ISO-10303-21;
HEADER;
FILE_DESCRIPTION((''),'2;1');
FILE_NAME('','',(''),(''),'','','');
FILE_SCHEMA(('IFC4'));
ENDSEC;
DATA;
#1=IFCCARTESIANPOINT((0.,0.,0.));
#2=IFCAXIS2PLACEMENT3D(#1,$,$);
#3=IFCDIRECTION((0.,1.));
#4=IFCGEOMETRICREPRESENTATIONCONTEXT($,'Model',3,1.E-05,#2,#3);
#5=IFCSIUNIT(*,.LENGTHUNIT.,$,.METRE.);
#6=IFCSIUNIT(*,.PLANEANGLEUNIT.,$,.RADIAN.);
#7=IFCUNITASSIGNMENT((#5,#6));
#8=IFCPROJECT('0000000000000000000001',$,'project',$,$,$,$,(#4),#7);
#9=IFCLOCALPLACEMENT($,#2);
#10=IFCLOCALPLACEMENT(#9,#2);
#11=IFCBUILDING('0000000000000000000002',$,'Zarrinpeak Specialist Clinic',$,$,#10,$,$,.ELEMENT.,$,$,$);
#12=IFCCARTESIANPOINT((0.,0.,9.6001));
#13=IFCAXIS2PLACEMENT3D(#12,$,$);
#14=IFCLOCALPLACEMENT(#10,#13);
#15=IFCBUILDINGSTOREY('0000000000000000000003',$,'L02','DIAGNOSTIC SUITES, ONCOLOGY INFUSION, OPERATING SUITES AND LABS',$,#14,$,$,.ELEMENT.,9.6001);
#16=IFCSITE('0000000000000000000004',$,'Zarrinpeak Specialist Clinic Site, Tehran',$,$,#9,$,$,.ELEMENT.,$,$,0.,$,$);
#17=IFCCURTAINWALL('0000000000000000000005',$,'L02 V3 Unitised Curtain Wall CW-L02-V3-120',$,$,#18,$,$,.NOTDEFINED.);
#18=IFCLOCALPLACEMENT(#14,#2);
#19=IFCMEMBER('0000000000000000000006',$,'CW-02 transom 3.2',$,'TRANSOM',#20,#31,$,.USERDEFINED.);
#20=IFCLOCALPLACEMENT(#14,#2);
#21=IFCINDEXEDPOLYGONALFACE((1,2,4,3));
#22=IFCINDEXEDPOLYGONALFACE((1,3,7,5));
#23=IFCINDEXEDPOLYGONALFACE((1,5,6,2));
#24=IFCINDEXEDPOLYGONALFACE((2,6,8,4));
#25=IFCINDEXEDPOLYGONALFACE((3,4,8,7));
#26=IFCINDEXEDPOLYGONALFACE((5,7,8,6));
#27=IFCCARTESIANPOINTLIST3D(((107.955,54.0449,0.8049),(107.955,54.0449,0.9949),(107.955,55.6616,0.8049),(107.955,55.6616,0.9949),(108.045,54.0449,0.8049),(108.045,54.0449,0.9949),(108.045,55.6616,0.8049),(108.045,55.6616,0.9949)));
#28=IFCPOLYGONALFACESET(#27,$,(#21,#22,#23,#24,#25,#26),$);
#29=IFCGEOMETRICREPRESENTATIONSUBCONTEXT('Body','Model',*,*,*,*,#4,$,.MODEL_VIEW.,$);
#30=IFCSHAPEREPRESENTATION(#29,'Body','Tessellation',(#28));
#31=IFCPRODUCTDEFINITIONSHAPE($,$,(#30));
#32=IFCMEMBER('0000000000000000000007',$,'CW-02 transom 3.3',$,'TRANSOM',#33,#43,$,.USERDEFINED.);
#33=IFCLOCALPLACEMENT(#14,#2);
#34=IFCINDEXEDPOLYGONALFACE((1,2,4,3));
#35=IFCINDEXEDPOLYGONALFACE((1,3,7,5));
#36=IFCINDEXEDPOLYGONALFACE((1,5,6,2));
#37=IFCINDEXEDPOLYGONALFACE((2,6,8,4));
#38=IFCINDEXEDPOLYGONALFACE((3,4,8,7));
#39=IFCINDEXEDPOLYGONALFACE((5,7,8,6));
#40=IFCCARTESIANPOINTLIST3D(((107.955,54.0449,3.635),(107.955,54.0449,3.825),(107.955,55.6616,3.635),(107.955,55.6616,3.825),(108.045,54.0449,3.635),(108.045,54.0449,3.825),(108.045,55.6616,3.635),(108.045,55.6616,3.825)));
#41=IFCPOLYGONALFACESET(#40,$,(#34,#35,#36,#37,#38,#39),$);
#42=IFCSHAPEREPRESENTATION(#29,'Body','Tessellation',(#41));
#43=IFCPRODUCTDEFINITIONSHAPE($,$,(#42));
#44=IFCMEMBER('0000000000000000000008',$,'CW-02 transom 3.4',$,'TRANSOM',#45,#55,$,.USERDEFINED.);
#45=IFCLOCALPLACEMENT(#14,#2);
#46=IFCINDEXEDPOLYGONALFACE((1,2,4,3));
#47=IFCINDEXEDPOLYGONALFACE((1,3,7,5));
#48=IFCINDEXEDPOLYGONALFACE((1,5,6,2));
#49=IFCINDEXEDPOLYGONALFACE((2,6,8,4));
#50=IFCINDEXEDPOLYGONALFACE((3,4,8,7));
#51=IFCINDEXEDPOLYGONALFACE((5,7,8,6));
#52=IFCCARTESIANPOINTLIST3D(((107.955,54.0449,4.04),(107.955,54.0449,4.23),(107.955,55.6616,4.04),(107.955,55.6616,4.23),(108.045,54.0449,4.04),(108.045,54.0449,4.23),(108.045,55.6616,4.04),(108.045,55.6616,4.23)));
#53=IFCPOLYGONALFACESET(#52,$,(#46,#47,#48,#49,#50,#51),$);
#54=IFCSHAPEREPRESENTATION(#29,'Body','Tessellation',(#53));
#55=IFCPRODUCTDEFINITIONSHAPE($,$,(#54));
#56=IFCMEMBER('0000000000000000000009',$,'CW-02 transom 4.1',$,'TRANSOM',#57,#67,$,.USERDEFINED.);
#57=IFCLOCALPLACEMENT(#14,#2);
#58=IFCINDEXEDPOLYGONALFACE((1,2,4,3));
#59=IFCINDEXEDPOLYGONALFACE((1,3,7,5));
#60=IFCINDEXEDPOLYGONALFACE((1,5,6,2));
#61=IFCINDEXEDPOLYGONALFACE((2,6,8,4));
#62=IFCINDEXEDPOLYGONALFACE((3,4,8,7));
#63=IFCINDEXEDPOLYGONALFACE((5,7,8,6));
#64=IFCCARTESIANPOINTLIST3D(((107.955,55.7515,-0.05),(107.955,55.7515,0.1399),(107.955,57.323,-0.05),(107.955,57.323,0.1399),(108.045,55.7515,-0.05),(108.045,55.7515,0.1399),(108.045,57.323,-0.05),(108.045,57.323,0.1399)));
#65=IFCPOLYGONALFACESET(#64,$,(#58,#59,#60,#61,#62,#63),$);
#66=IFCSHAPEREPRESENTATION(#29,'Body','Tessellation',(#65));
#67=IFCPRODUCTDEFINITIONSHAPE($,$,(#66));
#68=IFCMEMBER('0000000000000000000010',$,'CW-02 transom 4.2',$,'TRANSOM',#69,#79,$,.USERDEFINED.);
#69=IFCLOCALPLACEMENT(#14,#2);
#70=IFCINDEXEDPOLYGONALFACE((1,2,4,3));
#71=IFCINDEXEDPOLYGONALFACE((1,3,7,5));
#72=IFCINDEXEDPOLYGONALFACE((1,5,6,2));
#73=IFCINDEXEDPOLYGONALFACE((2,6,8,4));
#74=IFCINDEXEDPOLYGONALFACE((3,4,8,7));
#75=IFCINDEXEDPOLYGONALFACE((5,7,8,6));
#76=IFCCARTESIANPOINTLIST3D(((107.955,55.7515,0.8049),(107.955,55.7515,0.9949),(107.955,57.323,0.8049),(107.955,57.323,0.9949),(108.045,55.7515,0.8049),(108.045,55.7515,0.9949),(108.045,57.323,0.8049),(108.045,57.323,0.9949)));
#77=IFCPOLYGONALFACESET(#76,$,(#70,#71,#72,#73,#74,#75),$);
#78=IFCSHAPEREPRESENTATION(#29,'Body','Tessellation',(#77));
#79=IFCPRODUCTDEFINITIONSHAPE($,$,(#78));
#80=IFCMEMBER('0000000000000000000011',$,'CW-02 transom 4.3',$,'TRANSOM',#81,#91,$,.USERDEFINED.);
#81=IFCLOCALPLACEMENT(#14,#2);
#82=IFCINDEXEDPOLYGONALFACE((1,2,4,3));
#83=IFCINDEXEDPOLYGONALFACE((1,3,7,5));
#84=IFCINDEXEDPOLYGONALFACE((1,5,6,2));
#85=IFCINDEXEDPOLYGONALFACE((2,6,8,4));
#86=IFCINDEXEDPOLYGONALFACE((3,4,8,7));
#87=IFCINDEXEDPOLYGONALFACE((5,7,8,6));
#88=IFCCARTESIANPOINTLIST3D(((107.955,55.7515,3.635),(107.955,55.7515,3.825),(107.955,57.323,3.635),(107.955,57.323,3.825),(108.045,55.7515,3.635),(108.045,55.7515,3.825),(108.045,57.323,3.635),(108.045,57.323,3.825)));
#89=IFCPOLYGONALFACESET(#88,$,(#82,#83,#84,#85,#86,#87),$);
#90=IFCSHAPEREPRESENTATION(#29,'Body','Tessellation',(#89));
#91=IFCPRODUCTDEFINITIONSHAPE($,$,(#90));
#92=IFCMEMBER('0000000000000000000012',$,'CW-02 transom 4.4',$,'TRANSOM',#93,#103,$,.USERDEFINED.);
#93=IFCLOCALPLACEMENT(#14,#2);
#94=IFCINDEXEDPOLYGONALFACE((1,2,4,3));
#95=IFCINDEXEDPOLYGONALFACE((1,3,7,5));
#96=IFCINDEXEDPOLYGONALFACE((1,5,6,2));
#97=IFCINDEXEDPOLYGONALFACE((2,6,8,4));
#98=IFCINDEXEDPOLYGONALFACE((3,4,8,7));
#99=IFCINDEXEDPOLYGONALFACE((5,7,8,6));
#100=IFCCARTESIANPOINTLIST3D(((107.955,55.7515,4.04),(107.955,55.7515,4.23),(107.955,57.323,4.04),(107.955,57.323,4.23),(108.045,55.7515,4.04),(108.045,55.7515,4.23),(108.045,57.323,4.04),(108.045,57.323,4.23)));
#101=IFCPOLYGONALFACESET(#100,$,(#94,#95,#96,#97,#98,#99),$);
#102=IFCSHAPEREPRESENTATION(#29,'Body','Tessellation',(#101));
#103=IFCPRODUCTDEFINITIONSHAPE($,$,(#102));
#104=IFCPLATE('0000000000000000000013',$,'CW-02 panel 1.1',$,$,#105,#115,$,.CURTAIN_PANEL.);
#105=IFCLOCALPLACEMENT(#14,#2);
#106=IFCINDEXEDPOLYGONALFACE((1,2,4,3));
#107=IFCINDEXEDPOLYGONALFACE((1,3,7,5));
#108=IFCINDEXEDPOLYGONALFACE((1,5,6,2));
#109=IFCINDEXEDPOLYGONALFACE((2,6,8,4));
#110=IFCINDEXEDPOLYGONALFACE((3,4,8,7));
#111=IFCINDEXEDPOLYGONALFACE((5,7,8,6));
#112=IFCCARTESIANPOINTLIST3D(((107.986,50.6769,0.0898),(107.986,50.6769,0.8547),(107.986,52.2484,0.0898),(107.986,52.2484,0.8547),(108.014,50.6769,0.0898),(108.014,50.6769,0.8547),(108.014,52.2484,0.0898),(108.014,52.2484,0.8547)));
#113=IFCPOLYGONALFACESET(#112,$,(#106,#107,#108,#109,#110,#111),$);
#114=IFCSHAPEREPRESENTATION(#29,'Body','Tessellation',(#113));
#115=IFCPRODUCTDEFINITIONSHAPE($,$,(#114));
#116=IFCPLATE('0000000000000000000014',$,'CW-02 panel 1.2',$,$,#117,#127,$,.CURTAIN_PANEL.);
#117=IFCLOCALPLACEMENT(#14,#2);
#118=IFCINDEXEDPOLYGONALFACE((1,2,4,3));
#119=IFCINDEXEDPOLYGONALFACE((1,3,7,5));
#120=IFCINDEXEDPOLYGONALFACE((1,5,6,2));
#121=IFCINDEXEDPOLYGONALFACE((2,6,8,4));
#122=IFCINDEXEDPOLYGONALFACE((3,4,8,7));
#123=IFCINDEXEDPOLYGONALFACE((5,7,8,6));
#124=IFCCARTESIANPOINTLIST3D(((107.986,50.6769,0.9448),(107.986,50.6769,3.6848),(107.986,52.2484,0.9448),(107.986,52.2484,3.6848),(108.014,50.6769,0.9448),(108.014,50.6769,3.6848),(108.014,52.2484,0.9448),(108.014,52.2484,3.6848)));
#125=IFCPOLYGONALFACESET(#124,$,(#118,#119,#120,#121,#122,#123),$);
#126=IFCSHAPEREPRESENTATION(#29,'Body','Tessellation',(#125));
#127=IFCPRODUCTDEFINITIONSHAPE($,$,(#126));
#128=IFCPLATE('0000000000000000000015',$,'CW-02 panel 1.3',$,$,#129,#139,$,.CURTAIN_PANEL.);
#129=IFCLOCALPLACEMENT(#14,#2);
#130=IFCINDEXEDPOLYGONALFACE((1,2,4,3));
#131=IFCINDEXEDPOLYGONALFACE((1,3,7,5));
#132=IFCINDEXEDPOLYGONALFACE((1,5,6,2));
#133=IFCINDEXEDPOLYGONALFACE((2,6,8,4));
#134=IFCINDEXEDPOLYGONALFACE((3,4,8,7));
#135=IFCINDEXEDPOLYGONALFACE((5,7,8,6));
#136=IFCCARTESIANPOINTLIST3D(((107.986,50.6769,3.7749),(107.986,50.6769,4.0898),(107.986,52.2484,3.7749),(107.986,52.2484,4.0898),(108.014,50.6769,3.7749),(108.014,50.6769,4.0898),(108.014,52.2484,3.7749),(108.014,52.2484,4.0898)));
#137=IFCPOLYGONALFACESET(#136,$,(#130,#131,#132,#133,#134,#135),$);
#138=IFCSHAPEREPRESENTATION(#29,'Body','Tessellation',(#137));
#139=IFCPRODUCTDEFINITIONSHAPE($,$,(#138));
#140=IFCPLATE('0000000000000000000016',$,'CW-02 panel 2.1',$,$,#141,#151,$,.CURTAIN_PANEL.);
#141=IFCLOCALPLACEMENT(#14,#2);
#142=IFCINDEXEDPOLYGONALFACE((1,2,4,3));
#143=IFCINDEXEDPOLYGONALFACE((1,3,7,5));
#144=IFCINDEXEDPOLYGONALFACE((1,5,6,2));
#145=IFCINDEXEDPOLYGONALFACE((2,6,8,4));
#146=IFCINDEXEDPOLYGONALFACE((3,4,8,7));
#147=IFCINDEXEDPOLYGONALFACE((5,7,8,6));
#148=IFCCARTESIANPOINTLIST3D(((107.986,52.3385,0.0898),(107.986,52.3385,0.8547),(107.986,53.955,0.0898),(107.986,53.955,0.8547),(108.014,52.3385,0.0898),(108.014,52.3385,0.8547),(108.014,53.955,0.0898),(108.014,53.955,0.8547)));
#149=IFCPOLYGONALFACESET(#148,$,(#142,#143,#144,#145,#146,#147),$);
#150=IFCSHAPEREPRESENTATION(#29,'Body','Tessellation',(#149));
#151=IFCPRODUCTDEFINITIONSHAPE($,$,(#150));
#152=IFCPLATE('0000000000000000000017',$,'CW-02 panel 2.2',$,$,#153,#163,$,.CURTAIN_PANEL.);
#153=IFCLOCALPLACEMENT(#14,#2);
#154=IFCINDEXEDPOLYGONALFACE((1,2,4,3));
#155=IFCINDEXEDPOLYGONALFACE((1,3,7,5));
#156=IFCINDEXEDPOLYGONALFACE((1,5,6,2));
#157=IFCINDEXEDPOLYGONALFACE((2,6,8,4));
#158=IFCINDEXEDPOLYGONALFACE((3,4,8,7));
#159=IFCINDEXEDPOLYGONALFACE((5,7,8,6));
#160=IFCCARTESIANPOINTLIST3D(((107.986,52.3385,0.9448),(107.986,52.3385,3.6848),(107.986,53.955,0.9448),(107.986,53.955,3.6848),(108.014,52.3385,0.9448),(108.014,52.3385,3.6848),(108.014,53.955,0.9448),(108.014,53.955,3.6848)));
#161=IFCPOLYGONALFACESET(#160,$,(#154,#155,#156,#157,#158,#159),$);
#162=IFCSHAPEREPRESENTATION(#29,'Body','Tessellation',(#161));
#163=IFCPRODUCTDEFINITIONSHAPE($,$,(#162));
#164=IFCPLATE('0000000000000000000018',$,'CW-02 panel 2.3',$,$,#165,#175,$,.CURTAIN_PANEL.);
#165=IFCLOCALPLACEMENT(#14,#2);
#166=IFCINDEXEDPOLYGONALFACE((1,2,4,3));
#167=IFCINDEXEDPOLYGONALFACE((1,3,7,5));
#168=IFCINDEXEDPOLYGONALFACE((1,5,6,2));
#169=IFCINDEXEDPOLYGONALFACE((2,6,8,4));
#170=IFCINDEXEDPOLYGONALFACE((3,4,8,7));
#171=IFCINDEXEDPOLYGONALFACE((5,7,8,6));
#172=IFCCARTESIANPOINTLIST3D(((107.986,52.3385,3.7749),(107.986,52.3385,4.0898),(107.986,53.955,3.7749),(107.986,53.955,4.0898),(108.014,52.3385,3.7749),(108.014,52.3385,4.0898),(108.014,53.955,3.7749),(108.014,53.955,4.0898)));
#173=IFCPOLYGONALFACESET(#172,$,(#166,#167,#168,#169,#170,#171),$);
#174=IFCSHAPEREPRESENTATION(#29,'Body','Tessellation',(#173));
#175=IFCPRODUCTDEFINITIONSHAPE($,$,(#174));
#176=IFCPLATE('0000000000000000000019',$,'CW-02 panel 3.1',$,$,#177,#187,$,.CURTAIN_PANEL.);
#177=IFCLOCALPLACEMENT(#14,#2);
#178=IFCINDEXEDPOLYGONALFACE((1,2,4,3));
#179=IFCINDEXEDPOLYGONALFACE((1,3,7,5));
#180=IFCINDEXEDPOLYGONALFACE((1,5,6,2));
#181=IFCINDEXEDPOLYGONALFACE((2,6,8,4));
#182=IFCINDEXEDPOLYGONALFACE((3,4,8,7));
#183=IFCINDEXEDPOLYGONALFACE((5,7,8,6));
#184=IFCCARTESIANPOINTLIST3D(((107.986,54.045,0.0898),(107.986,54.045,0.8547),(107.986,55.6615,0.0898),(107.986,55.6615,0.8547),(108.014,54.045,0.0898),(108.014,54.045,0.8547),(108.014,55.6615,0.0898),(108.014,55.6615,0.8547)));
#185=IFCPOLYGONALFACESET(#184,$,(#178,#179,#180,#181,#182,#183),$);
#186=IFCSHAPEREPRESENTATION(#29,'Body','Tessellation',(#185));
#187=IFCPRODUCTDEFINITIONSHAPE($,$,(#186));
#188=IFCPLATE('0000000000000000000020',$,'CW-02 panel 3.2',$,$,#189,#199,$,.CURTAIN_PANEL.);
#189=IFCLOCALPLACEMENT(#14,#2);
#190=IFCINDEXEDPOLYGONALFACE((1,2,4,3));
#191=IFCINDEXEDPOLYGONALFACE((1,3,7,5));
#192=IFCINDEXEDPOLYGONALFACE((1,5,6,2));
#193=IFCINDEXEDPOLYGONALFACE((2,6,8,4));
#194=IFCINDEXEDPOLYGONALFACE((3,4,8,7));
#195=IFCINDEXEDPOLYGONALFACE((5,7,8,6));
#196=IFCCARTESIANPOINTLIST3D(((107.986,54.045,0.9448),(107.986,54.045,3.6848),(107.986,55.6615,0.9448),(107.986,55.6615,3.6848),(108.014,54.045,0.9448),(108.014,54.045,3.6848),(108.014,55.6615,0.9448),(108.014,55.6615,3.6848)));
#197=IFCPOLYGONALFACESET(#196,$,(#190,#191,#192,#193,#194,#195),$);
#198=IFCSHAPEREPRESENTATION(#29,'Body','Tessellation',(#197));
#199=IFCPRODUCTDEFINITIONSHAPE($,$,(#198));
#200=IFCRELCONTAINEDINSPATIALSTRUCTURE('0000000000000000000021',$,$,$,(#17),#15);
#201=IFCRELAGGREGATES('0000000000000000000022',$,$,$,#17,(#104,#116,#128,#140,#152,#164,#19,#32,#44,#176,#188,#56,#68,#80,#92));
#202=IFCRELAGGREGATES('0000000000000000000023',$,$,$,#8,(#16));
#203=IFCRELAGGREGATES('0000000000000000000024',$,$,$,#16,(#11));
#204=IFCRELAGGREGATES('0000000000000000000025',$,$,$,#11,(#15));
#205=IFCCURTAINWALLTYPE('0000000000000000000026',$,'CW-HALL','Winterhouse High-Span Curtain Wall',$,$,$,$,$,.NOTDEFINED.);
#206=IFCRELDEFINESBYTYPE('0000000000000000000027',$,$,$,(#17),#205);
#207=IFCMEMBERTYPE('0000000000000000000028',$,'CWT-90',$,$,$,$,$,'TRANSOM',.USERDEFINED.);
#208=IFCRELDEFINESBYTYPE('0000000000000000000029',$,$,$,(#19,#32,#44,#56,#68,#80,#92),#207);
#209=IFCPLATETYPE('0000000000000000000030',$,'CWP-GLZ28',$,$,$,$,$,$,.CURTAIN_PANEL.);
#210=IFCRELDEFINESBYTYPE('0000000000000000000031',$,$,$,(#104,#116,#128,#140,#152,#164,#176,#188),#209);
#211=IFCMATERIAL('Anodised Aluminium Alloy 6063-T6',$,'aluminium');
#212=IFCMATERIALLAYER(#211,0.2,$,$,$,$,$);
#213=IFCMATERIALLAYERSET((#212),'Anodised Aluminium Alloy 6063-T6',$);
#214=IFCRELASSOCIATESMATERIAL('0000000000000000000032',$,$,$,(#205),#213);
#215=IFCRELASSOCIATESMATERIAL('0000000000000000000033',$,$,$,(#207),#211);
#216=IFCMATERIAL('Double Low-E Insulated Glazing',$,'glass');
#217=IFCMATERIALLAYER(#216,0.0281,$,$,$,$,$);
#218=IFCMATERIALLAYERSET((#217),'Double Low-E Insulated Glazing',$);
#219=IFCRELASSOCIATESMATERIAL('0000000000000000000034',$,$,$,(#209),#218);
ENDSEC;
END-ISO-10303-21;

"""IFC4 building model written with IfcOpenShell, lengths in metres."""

from ifc_helpers import new_model, si_unit, direction, frame, origin, origin_2d, place, context, subcontext, project, spatial, rectangle, extrude, material, layer, layer_set, material_profile, profile_set, type_object, element, aggregate, save


model = new_model("IFC4")

# Units and contexts
model_context = context("Model", 3, precision=1e-05, world=origin(), true_north=direction((0.0, 1.0)))
body_context = subcontext(model_context, "Body", "Model", "MODEL_VIEW")
ifc_project = project(units=[si_unit("LENGTHUNIT", "METRE"), si_unit("PLANEANGLEUNIT", "RADIAN")], contexts=[model_context])

# Site, building, storey
site_placement = place(None, origin())
site = spatial("IfcSite", under=ifc_project, at=site_placement, Name="Zarrinpeak Specialist Clinic Site, Tehran", CompositionType="ELEMENT", RefElevation=0.0)
building_placement = place(site_placement, origin())
building = spatial("IfcBuilding", under=site, at=building_placement, Name="Zarrinpeak Specialist Clinic", CompositionType="ELEMENT")
storey_placement = place(building_placement, frame((0.0, 0.0, 9.6001)))
storey = spatial("IfcBuildingStorey", under=building, at=storey_placement, Name="L02", Description="DIAGNOSTIC SUITES, ONCOLOGY INFUSION, OPERATING SUITES AND LABS", CompositionType="ELEMENT", Elevation=9.6001)

# Curtain wall, members, plates
ifc_material_1 = material(Name="Anodised Aluminium Alloy 6063-T6", Category="aluminium")
ifc_layer_1 = layer(ifc_material_1, 0.2)
ifc_layer_set_1 = layer_set([ifc_layer_1], Name="Anodised Aluminium Alloy 6063-T6")
curtain_wall_type = type_object("IfcCurtainWallType", Name="CW-HALL", Description="Winterhouse High-Span Curtain Wall", PredefinedType="NOTDEFINED", material=ifc_layer_set_1)
curtain_wall_placement = place(storey_placement, origin())
curtain_wall = element("IfcCurtainWall", 1, at=curtain_wall_placement, inside=storey, type_object=curtain_wall_type, Name="L02 V3 Unitised Curtain Wall CW-L02-V3-120", PredefinedType="NOTDEFINED")
ifc_material_profile_1 = material_profile(ifc_material_1, rectangle(XDim=0.0901, YDim=0.1899, at=origin_2d()), Name="ALU 90x190")
ifc_profile_set_1 = profile_set([ifc_material_profile_1], Name="Anodised Aluminium Alloy 6063-T6")
member_type_1 = type_object("IfcMemberType", Name="CWT-90", ElementType="TRANSOM", PredefinedType="USERDEFINED", material=ifc_profile_set_1)
member_1_placement = place(storey_placement, frame((108.0, 54.0449, 0.8999), z_axis=(0.0, 1.0, 0.0), x_axis=(-1.0, 0.0, 0.0)))
member_1 = element("IfcMember", 2, at=member_1_placement, type_object=member_type_1, Name="CW-02 transom 3.2", ObjectType="TRANSOM", PredefinedType="USERDEFINED", context=body_context, shape_type="SweptSolid", body=[
    extrude(rectangle(XDim=0.0901, YDim=0.1899, at=origin_2d()), origin(), (0.0, 0.0, 1.0), 1.6167),
])
member_2_placement = place(storey_placement, frame((108.0, 54.0449, 3.73), z_axis=(0.0, 1.0, 0.0), x_axis=(-1.0, 0.0, 0.0)))
member_2 = element("IfcMember", 3, at=member_2_placement, type_object=member_type_1, Name="CW-02 transom 3.3", ObjectType="TRANSOM", PredefinedType="USERDEFINED", context=body_context, shape_type="SweptSolid", body=[
    extrude(rectangle(XDim=0.0901, YDim=0.1899, at=origin_2d()), origin(), (0.0, 0.0, 1.0), 1.6167),
])
member_3_placement = place(storey_placement, frame((108.0, 54.0449, 4.135), z_axis=(0.0, 1.0, 0.0), x_axis=(-1.0, 0.0, 0.0)))
member_3 = element("IfcMember", 4, at=member_3_placement, type_object=member_type_1, Name="CW-02 transom 3.4", ObjectType="TRANSOM", PredefinedType="USERDEFINED", context=body_context, shape_type="SweptSolid", body=[
    extrude(rectangle(XDim=0.0901, YDim=0.1899, at=origin_2d()), origin(), (0.0, 0.0, 1.0), 1.6167),
])
member_4_placement = place(storey_placement, frame((108.0, 55.7515, 0.0449), z_axis=(0.0, 1.0, 0.0), x_axis=(-1.0, 0.0, 0.0)))
member_4 = element("IfcMember", 5, at=member_4_placement, type_object=member_type_1, Name="CW-02 transom 4.1", ObjectType="TRANSOM", PredefinedType="USERDEFINED", context=body_context, shape_type="SweptSolid", body=[
    extrude(rectangle(XDim=0.0901, YDim=0.1899, at=origin_2d()), origin(), (0.0, 0.0, 1.0), 1.5715),
])
member_5_placement = place(storey_placement, frame((108.0, 55.7515, 0.8999), z_axis=(0.0, 1.0, 0.0), x_axis=(-1.0, 0.0, 0.0)))
member_5 = element("IfcMember", 6, at=member_5_placement, type_object=member_type_1, Name="CW-02 transom 4.2", ObjectType="TRANSOM", PredefinedType="USERDEFINED", context=body_context, shape_type="SweptSolid", body=[
    extrude(rectangle(XDim=0.0901, YDim=0.1899, at=origin_2d()), origin(), (0.0, 0.0, 1.0), 1.5715),
])
member_6_placement = place(storey_placement, frame((108.0, 55.7515, 3.73), z_axis=(0.0, 1.0, 0.0), x_axis=(-1.0, 0.0, 0.0)))
member_6 = element("IfcMember", 7, at=member_6_placement, type_object=member_type_1, Name="CW-02 transom 4.3", ObjectType="TRANSOM", PredefinedType="USERDEFINED", context=body_context, shape_type="SweptSolid", body=[
    extrude(rectangle(XDim=0.0901, YDim=0.1899, at=origin_2d()), origin(), (0.0, 0.0, 1.0), 1.5715),
])
member_7_placement = place(storey_placement, frame((108.0, 55.7515, 4.135), z_axis=(0.0, 1.0, 0.0), x_axis=(-1.0, 0.0, 0.0)))
member_7 = element("IfcMember", 8, at=member_7_placement, type_object=member_type_1, Name="CW-02 transom 4.4", ObjectType="TRANSOM", PredefinedType="USERDEFINED", context=body_context, shape_type="SweptSolid", body=[
    extrude(rectangle(XDim=0.0901, YDim=0.1899, at=origin_2d()), origin(), (0.0, 0.0, 1.0), 1.5715),
])
ifc_material_2 = material(Name="Double Low-E Insulated Glazing", Category="glass")
ifc_layer_2 = layer(ifc_material_2, 0.0281)
ifc_layer_set_2 = layer_set([ifc_layer_2], Name="Double Low-E Insulated Glazing")
plate_type = type_object("IfcPlateType", Name="CWP-GLZ28", PredefinedType="CURTAIN_PANEL", material=ifc_layer_set_2)
plate_1_placement = place(storey_placement, frame((108.0, 51.4626, 0.0898), z_axis=(0.0, 0.0, 1.0), x_axis=(0.0, 1.0, 0.0)))
plate_1 = element("IfcPlate", 9, at=plate_1_placement, type_object=plate_type, Name="CW-02 panel 1.1", PredefinedType="CURTAIN_PANEL", context=body_context, shape_type="SweptSolid", body=[
    extrude(rectangle(XDim=1.5715, YDim=0.0281, at=origin_2d()), origin(), (0.0, 0.0, 1.0), 0.7649),
])
plate_2_placement = place(storey_placement, frame((108.0, 51.4626, 0.9448), z_axis=(0.0, 0.0, 1.0), x_axis=(0.0, 1.0, 0.0)))
plate_2 = element("IfcPlate", 10, at=plate_2_placement, type_object=plate_type, Name="CW-02 panel 1.2", PredefinedType="CURTAIN_PANEL", context=body_context, shape_type="SweptSolid", body=[
    extrude(rectangle(XDim=1.5715, YDim=0.0281, at=origin_2d()), origin(), (0.0, 0.0, 1.0), 2.74),
])
plate_3_placement = place(storey_placement, frame((108.0, 51.4626, 3.7749), z_axis=(0.0, 0.0, 1.0), x_axis=(0.0, 1.0, 0.0)))
plate_3 = element("IfcPlate", 11, at=plate_3_placement, type_object=plate_type, Name="CW-02 panel 1.3", PredefinedType="CURTAIN_PANEL", context=body_context, shape_type="SweptSolid", body=[
    extrude(rectangle(XDim=1.5715, YDim=0.0281, at=origin_2d()), origin(), (0.0, 0.0, 1.0), 0.3149),
])
plate_4_placement = place(storey_placement, frame((108.0, 53.1467, 0.0898), z_axis=(0.0, 0.0, 1.0), x_axis=(0.0, 1.0, 0.0)))
plate_4 = element("IfcPlate", 12, at=plate_4_placement, type_object=plate_type, Name="CW-02 panel 2.1", PredefinedType="CURTAIN_PANEL", context=body_context, shape_type="SweptSolid", body=[
    extrude(rectangle(XDim=1.6165, YDim=0.0281, at=origin_2d()), origin(), (0.0, 0.0, 1.0), 0.7649),
])
plate_5_placement = place(storey_placement, frame((108.0, 53.1467, 0.9448), z_axis=(0.0, 0.0, 1.0), x_axis=(0.0, 1.0, 0.0)))
plate_5 = element("IfcPlate", 13, at=plate_5_placement, type_object=plate_type, Name="CW-02 panel 2.2", PredefinedType="CURTAIN_PANEL", context=body_context, shape_type="SweptSolid", body=[
    extrude(rectangle(XDim=1.6165, YDim=0.0281, at=origin_2d()), origin(), (0.0, 0.0, 1.0), 2.74),
])
plate_6_placement = place(storey_placement, frame((108.0, 53.1467, 3.7749), z_axis=(0.0, 0.0, 1.0), x_axis=(0.0, 1.0, 0.0)))
plate_6 = element("IfcPlate", 14, at=plate_6_placement, type_object=plate_type, Name="CW-02 panel 2.3", PredefinedType="CURTAIN_PANEL", context=body_context, shape_type="SweptSolid", body=[
    extrude(rectangle(XDim=1.6165, YDim=0.0281, at=origin_2d()), origin(), (0.0, 0.0, 1.0), 0.3149),
])
plate_7_placement = place(storey_placement, frame((108.0, 54.8533, 0.0898), z_axis=(0.0, 0.0, 1.0), x_axis=(0.0, 1.0, 0.0)))
plate_7 = element("IfcPlate", 15, at=plate_7_placement, type_object=plate_type, Name="CW-02 panel 3.1", PredefinedType="CURTAIN_PANEL", context=body_context, shape_type="SweptSolid", body=[
    extrude(rectangle(XDim=1.6165, YDim=0.0281, at=origin_2d()), origin(), (0.0, 0.0, 1.0), 0.7649),
])
plate_8_placement = place(storey_placement, frame((108.0, 54.8533, 0.9448), z_axis=(0.0, 0.0, 1.0), x_axis=(0.0, 1.0, 0.0)))
plate_8 = element("IfcPlate", 16, at=plate_8_placement, type_object=plate_type, Name="CW-02 panel 3.2", PredefinedType="CURTAIN_PANEL", context=body_context, shape_type="SweptSolid", body=[
    extrude(rectangle(XDim=1.6165, YDim=0.0281, at=origin_2d()), origin(), (0.0, 0.0, 1.0), 2.74),
])
aggregate(curtain_wall, [plate_1, plate_2, plate_3, plate_4, plate_5, plate_6, member_1, member_2, member_3, plate_7, plate_8, member_4, member_5, member_6, member_7])

save(model, "model.ifc")
